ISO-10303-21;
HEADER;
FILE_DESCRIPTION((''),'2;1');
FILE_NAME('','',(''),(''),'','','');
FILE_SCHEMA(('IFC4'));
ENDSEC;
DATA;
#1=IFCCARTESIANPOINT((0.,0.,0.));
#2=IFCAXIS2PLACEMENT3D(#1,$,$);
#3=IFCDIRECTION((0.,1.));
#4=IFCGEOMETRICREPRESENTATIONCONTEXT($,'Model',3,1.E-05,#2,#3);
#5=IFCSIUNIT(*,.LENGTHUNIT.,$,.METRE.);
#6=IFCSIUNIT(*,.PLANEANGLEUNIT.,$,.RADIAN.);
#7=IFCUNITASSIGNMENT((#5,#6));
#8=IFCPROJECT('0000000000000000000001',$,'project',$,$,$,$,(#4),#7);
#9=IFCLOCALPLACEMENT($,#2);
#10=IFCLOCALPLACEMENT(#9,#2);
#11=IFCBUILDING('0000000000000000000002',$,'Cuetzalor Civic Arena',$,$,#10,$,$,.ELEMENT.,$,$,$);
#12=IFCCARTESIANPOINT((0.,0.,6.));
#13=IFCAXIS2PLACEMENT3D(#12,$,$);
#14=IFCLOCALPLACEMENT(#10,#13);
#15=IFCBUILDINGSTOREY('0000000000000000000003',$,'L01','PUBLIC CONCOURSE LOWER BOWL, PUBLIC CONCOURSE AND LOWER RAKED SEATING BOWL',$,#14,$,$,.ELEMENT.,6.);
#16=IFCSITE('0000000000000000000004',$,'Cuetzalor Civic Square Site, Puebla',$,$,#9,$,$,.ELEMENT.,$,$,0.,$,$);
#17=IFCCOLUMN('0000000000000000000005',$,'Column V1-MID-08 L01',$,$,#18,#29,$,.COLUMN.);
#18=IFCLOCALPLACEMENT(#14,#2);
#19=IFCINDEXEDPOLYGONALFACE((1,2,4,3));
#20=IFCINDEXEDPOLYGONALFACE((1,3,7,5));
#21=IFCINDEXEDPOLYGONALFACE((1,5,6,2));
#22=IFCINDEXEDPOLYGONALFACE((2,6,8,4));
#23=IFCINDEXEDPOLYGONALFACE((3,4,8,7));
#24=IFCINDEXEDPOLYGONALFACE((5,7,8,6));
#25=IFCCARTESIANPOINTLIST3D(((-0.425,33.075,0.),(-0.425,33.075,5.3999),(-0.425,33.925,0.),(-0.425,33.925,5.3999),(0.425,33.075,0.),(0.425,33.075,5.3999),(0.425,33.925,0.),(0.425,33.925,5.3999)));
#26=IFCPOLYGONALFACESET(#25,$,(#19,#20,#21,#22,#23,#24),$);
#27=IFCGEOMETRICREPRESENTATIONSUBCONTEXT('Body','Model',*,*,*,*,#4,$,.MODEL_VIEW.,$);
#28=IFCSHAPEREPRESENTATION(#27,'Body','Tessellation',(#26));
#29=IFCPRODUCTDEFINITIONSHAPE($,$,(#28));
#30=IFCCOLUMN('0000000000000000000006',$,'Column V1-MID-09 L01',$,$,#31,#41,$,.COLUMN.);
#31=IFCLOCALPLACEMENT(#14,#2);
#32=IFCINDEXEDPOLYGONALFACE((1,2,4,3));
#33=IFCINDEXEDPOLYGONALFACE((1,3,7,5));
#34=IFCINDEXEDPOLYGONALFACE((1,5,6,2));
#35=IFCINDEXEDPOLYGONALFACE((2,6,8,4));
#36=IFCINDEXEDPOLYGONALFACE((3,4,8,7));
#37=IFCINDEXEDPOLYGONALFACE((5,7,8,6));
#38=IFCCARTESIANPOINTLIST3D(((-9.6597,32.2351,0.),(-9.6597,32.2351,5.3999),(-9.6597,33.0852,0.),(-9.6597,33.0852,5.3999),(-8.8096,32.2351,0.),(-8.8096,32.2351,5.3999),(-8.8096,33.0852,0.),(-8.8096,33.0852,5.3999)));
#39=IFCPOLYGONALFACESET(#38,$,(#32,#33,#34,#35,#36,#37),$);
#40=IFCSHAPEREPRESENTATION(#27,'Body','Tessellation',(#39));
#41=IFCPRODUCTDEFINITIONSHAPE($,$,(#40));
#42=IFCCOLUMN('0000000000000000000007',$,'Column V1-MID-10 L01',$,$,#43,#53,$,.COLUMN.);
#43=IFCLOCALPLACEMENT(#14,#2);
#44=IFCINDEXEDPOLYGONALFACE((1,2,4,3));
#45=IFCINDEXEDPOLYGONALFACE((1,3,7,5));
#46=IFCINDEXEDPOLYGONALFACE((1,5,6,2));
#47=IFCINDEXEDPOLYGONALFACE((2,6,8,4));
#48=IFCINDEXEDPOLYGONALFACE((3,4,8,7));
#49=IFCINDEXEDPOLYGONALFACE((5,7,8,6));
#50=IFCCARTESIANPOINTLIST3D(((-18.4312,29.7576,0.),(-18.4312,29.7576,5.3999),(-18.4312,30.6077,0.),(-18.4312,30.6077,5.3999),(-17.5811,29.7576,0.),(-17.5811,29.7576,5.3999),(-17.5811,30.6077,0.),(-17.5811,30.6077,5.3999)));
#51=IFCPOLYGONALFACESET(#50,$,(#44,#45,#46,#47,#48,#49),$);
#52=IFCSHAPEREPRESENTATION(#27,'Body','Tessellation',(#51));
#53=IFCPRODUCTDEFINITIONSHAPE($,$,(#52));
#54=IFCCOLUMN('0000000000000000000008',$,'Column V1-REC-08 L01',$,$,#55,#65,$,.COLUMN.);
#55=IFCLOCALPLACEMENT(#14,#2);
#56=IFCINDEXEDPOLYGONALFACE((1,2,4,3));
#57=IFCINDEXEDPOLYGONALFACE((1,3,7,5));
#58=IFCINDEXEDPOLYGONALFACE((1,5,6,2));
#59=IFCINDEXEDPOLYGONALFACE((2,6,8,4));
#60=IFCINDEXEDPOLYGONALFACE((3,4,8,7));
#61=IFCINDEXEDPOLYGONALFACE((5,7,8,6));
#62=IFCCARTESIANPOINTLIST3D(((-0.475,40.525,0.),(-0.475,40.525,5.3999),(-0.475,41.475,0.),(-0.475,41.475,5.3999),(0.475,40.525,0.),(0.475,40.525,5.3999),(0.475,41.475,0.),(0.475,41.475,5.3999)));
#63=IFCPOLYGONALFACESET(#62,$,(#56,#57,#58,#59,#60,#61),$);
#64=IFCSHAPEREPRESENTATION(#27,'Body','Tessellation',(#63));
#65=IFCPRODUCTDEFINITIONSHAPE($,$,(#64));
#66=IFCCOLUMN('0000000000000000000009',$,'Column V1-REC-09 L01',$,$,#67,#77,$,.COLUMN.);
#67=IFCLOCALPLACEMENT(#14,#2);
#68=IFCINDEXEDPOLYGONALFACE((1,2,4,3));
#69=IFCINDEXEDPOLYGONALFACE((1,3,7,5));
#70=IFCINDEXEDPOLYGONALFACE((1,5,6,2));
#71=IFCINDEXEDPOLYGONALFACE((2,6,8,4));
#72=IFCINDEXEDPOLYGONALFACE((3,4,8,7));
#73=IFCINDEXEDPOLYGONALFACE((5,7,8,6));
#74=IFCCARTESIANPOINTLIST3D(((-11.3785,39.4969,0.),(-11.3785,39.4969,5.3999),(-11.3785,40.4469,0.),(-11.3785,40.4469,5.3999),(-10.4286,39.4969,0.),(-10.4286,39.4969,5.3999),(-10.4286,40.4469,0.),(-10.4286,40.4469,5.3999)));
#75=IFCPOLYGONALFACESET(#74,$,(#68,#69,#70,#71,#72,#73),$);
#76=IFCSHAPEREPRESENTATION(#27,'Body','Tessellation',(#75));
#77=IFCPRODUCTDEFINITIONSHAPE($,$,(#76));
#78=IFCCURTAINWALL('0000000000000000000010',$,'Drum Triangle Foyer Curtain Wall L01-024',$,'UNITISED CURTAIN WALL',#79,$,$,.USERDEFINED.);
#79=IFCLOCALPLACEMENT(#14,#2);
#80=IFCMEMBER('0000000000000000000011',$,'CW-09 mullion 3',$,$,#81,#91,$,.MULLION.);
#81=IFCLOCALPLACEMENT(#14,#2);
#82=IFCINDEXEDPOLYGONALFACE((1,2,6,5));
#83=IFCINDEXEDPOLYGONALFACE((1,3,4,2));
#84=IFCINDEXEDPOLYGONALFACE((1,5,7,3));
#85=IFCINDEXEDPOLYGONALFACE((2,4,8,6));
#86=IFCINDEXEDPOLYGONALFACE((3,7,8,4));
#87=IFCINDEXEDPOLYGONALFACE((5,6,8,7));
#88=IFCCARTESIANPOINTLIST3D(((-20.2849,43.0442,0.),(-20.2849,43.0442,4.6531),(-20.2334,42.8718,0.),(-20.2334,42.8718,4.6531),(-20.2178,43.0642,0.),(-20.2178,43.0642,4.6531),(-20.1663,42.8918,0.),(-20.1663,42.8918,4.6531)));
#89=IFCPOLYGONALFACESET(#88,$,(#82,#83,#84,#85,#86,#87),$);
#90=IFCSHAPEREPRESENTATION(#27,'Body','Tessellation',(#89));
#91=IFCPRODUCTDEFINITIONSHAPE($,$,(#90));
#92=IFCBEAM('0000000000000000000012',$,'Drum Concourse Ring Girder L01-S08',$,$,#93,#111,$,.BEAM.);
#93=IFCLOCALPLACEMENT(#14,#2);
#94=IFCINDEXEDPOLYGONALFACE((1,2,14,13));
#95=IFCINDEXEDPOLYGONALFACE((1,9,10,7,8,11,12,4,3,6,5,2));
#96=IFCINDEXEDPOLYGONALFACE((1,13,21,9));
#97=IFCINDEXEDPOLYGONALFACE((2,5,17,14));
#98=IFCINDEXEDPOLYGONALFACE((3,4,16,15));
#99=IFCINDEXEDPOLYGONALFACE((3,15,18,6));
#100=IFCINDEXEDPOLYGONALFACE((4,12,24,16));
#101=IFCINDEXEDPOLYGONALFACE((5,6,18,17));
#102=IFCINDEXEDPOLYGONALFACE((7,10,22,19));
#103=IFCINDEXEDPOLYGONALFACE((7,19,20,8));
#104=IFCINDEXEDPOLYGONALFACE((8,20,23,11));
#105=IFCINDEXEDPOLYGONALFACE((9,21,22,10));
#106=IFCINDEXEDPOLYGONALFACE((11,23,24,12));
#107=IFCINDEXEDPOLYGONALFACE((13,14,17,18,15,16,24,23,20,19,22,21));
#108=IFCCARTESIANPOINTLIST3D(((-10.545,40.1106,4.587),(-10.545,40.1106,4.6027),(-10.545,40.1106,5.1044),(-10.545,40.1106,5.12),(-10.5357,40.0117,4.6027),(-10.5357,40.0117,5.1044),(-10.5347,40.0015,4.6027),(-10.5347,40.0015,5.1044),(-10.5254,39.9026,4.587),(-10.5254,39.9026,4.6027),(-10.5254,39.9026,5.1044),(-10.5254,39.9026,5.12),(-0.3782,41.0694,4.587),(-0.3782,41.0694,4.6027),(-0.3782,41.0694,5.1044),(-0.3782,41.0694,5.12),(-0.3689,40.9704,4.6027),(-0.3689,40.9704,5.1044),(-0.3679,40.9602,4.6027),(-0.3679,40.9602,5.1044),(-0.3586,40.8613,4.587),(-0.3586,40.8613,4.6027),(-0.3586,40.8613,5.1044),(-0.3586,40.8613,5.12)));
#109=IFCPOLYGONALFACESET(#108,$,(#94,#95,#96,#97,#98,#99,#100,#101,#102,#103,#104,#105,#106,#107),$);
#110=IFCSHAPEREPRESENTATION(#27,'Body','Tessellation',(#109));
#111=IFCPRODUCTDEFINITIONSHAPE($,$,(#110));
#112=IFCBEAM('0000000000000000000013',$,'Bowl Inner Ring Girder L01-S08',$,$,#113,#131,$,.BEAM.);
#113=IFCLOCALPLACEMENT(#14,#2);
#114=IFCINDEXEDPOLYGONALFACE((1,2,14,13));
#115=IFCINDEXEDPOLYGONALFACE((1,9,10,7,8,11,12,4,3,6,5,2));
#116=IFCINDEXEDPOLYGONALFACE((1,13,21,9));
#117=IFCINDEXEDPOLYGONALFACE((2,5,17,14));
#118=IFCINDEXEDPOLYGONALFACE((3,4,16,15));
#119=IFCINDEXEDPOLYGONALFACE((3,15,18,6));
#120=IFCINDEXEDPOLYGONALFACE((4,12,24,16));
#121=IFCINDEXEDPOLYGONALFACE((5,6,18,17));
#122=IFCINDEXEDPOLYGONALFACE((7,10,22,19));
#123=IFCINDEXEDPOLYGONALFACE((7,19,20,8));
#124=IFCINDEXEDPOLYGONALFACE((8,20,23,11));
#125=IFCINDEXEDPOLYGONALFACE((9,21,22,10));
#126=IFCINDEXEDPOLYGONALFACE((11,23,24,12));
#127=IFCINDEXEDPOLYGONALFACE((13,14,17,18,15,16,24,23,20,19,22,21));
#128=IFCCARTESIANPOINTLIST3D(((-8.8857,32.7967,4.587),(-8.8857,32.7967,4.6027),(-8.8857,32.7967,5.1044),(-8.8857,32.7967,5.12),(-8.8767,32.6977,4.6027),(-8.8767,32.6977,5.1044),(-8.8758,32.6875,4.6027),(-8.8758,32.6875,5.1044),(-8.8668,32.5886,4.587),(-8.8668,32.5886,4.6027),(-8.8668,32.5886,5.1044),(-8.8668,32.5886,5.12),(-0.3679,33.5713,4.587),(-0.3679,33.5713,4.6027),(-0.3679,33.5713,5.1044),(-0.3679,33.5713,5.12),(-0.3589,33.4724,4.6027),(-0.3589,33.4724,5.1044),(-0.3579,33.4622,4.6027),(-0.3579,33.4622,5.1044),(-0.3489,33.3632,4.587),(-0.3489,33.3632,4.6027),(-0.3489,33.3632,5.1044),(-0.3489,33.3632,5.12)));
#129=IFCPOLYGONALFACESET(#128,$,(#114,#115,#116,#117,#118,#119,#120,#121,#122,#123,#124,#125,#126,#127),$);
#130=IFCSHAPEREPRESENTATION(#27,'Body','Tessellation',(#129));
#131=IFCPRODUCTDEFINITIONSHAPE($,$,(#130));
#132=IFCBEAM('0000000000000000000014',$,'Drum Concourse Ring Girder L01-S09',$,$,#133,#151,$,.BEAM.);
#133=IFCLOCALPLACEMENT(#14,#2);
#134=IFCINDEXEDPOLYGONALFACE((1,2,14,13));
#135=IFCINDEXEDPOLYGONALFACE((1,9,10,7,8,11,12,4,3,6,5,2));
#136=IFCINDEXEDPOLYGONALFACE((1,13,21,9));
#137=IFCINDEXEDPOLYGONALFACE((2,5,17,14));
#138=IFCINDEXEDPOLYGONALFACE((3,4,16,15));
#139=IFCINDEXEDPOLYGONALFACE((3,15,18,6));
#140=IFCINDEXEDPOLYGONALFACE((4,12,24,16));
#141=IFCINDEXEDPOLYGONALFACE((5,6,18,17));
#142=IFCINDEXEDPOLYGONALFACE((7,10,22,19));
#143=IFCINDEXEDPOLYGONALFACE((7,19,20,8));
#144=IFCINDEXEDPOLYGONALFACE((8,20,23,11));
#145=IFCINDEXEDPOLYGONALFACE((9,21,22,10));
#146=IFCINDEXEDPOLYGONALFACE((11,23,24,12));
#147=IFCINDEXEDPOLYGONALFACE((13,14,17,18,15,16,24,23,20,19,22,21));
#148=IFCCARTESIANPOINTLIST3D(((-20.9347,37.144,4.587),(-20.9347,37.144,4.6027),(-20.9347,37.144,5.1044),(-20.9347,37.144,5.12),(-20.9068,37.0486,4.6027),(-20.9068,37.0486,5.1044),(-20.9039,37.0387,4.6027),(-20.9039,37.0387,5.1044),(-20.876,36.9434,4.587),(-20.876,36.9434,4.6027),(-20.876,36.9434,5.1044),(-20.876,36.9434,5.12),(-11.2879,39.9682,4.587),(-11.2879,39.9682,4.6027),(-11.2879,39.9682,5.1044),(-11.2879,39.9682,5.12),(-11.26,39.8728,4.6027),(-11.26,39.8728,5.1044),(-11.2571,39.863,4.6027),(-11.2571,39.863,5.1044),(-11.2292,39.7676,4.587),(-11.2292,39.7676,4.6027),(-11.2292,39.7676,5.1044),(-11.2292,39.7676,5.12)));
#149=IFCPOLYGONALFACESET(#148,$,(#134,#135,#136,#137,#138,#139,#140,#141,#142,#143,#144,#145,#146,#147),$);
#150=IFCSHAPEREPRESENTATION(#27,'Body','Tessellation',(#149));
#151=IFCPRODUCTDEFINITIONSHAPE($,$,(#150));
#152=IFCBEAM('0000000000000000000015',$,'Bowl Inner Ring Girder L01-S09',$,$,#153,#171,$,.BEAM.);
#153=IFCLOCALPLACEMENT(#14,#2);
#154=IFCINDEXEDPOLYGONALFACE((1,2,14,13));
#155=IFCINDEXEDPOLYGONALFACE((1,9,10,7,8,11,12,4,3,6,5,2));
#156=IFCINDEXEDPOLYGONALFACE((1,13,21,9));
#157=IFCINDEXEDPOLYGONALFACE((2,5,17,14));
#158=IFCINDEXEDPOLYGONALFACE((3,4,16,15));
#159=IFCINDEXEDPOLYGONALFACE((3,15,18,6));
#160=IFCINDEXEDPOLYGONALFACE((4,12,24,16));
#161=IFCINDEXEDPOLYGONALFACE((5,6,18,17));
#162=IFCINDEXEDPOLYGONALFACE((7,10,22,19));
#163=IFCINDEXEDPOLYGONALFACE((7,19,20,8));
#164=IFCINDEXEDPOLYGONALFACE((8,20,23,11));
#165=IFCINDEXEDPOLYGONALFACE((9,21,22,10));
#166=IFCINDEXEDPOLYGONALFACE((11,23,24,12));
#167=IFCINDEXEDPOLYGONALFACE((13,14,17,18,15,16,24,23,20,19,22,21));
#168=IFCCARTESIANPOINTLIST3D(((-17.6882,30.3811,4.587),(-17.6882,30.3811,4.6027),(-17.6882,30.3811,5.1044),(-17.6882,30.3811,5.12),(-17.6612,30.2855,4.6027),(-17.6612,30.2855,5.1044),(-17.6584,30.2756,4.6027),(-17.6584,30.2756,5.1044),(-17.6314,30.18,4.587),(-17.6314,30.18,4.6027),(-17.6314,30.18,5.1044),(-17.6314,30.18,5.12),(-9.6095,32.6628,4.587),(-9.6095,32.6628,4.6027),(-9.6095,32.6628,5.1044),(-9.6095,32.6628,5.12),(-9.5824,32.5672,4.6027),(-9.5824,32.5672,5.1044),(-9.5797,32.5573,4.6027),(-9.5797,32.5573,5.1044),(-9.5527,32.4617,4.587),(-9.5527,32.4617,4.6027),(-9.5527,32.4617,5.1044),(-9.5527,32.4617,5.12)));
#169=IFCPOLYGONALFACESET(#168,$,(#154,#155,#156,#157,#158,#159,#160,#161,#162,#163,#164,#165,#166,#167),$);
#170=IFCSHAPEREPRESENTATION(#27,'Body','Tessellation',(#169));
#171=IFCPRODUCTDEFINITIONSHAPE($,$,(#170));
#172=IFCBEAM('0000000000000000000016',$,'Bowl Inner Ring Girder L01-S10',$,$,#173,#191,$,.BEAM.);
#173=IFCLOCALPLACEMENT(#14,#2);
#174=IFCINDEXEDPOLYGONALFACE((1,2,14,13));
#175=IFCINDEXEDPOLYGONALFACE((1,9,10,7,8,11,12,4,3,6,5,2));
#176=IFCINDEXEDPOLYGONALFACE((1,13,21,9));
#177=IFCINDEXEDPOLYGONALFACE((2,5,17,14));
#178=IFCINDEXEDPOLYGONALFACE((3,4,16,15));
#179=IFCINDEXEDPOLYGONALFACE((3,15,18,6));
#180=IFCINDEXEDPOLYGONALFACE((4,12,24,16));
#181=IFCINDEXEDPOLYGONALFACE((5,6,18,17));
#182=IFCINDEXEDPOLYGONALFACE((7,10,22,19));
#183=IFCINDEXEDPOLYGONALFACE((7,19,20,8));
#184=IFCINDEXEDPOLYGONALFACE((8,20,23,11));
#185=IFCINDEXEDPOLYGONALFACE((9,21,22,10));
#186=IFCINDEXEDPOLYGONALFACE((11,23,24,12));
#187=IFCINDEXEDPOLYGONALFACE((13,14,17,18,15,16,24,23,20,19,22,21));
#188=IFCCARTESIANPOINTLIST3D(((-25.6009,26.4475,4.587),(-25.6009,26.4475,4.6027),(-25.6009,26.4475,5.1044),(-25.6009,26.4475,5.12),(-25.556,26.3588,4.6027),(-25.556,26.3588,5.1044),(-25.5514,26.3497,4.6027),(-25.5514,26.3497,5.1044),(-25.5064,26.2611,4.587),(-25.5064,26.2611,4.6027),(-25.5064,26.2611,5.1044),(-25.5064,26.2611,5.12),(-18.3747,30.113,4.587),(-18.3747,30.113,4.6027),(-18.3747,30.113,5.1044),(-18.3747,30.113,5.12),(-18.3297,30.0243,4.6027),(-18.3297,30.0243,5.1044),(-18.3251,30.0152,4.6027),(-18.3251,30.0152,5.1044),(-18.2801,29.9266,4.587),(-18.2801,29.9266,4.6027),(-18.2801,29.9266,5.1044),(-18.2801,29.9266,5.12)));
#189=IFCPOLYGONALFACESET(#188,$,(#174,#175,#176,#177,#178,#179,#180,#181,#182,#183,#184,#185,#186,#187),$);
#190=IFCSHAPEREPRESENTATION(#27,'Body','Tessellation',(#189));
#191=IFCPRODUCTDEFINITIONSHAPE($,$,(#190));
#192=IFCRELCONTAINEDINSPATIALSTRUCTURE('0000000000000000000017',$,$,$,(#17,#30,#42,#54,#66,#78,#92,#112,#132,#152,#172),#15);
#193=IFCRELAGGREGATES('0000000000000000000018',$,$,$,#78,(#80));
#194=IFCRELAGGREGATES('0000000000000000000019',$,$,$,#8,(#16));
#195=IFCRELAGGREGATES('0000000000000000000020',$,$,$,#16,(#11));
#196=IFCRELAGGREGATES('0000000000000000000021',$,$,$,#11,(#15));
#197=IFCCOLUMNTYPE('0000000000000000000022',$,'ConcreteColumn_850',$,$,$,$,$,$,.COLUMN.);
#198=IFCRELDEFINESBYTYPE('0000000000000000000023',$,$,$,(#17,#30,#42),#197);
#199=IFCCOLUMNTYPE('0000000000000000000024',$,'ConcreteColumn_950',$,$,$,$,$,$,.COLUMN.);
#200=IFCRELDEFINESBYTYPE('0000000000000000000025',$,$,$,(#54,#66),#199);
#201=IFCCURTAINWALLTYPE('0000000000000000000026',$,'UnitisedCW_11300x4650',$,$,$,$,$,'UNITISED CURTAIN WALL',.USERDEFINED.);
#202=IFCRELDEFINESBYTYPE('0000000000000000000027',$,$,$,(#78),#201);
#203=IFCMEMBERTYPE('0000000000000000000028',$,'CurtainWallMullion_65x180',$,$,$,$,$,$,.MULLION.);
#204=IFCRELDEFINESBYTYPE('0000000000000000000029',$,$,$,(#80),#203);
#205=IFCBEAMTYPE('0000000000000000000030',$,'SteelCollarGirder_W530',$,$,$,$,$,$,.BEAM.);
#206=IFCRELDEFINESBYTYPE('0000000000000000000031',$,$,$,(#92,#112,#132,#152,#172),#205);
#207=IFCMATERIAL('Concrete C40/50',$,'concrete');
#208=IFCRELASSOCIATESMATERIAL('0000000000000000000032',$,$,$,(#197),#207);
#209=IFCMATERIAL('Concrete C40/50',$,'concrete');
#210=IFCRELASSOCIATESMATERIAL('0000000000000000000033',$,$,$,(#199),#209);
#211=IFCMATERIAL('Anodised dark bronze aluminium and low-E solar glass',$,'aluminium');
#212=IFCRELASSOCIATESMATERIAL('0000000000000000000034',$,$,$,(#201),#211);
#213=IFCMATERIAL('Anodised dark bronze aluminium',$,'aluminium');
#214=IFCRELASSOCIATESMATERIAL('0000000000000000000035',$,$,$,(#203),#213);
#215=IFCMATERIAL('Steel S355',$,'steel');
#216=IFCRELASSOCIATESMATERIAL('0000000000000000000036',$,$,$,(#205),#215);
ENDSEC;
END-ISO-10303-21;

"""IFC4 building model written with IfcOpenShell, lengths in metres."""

from ifc_helpers import new_model, si_unit, direction, frame, origin, origin_2d, place, context, subcontext, project, spatial, rectangle, i_section, extrude, material, material_profile, profile_set, type_object, element, aggregate, save


model = new_model("IFC4")

# Units and contexts
model_context = context("Model", 3, precision=1e-05, world=origin(), true_north=direction((0.0, 1.0)))
body_context = subcontext(model_context, "Body", "Model", "MODEL_VIEW")
ifc_project = project(units=[si_unit("LENGTHUNIT", "METRE"), si_unit("PLANEANGLEUNIT", "RADIAN")], contexts=[model_context])

# Site, building, storey
site_placement = place(None, origin())
site = spatial("IfcSite", under=ifc_project, at=site_placement, Name="Cuetzalor Civic Square Site, Puebla", CompositionType="ELEMENT", RefElevation=0.0)
building_placement = place(site_placement, origin())
building = spatial("IfcBuilding", under=site, at=building_placement, Name="Cuetzalor Civic Arena", CompositionType="ELEMENT")
storey_placement = place(building_placement, frame((0.0, 0.0, 6.0)))
storey = spatial("IfcBuildingStorey", under=building, at=storey_placement, Name="L01", Description="PUBLIC CONCOURSE LOWER BOWL, PUBLIC CONCOURSE AND LOWER RAKED SEATING BOWL", CompositionType="ELEMENT", Elevation=6.0)

# Columns
ifc_material_1 = material(Name="Concrete C40/50", Category="concrete")
ifc_material_profile_1 = material_profile(ifc_material_1, rectangle(XDim=0.8501, YDim=0.8501, at=origin_2d()), Name="RC 850x850")
ifc_profile_set_1 = profile_set([ifc_material_profile_1], Name="Concrete C40/50")
column_type_1 = type_object("IfcColumnType", Name="ConcreteColumn_850", PredefinedType="COLUMN", material=ifc_profile_set_1)
for number, where, z_axis, x_axis, name in (
    (1, (0.0, 33.5, 0.0), (0.0, 0.0, 1.0), (1.0, 0.0, 0.0), "Column V1-MID-08 L01"),
    (2, (-9.2346, 32.6602, 0.0), (0.0, 0.0, 1.0), (1.0, 0.0, 0.0), "Column V1-MID-09 L01"),
    (3, (-18.0061, 30.1826, 0.0), (0.0, 0.0, 1.0), (1.0, 0.0, 0.0), "Column V1-MID-10 L01"),
):
    element("IfcColumn", number, at=place(storey_placement, frame(where, z_axis=z_axis, x_axis=x_axis)), inside=storey, type_object=column_type_1, Name=name, PredefinedType="COLUMN", context=body_context, shape_type="SweptSolid", body=[
        extrude(rectangle(XDim=0.8501, YDim=0.8501, at=origin_2d()), origin(), (0.0, 0.0, 1.0), 5.3999),
    ])
ifc_material_2 = material(Name="Concrete C40/50", Category="concrete")
ifc_material_profile_2 = material_profile(ifc_material_2, rectangle(XDim=0.95, YDim=0.95, at=origin_2d()), Name="RC 950x950")
ifc_profile_set_2 = profile_set([ifc_material_profile_2], Name="Concrete C40/50")
column_type_2 = type_object("IfcColumnType", Name="ConcreteColumn_950", PredefinedType="COLUMN", material=ifc_profile_set_2)
for number, where, z_axis, x_axis, name in (
    (4, (0.0, 41.0, 0.0), (0.0, 0.0, 1.0), (1.0, 0.0, 0.0), "Column V1-REC-08 L01"),
    (5, (-10.9036, 39.9719, 0.0), (0.0, 0.0, 1.0), (1.0, 0.0, 0.0), "Column V1-REC-09 L01"),
):
    element("IfcColumn", number, at=place(storey_placement, frame(where, z_axis=z_axis, x_axis=x_axis)), inside=storey, type_object=column_type_2, Name=name, PredefinedType="COLUMN", context=body_context, shape_type="SweptSolid", body=[
        extrude(rectangle(XDim=0.95, YDim=0.95, at=origin_2d()), origin(), (0.0, 0.0, 1.0), 5.3999),
    ])

# Curtain wall, member
ifc_material_3 = material(Name="Anodised dark bronze aluminium and low-E solar glass", Category="aluminium")
curtain_wall_type = type_object("IfcCurtainWallType", Name="UnitisedCW_11300x4650", ElementType="UNITISED CURTAIN WALL", PredefinedType="USERDEFINED", material=ifc_material_3)
curtain_wall_placement = place(storey_placement, origin())
curtain_wall = element("IfcCurtainWall", 6, at=curtain_wall_placement, inside=storey, type_object=curtain_wall_type, Name="Drum Triangle Foyer Curtain Wall L01-024", ObjectType="UNITISED CURTAIN WALL", PredefinedType="USERDEFINED")
ifc_material_4 = material(Name="Anodised dark bronze aluminium", Category="aluminium")
ifc_material_profile_3 = material_profile(ifc_material_4, rectangle(XDim=0.0701, YDim=0.1799, at=origin_2d()), Name="ALU MULLION 70x180")
ifc_profile_set_3 = profile_set([ifc_material_profile_3], Name="Anodised dark bronze aluminium")
member_type = type_object("IfcMemberType", Name="CurtainWallMullion_65x180", PredefinedType="MULLION", material=ifc_profile_set_3)
member_placement = place(storey_placement, frame((-20.2256, 42.968, 0.0), z_axis=(0.0, 0.0, 1.0), x_axis=(0.958194, 0.28612, 0.0)))
member = element("IfcMember", 7, at=member_placement, type_object=member_type, Name="CW-09 mullion 3", PredefinedType="MULLION", context=body_context, shape_type="SweptSolid", body=[
    extrude(rectangle(XDim=0.0701, YDim=0.1799, at=origin_2d()), origin(), (0.0, 0.0, 1.0), 4.6531),
])
aggregate(curtain_wall, [member])

# Beams
ifc_material_5 = material(Name="Steel S355", Category="steel")
ifc_material_profile_4 = material_profile(ifc_material_5, i_section(OverallWidth=0.209, OverallDepth=0.533, WebThickness=0.0103, FlangeThickness=0.0156, at=origin_2d()), Name="W530x92")
ifc_profile_set_4 = profile_set([ifc_material_profile_4], Name="Steel S355")
beam_type_1 = type_object("IfcBeamType", Name="SteelCollarGirder_W530", PredefinedType="BEAM", material=ifc_profile_set_4)
beam_1_placement = place(storey_placement, frame((-0.3684, 40.9653, 4.8535), z_axis=(-0.995583, -0.093885, 0.0), x_axis=(0.093885, -0.995583, 0.0)))
element("IfcBeam", 8, at=beam_1_placement, inside=storey, type_object=beam_type_1, Name="Drum Concourse Ring Girder L01-S08", PredefinedType="BEAM", context=body_context, shape_type="SweptSolid", body=[
    extrude(i_section(OverallWidth=0.209, OverallDepth=0.533, WebThickness=0.0103, FlangeThickness=0.0156, at=origin_2d()), origin(), (0.0, 0.0, 1.0), 10.2119),
])
beam_2_placement = place(storey_placement, frame((-0.3584, 33.4673, 4.8535), z_axis=(-0.99589, -0.090572, 0.0), x_axis=(0.090572, -0.99589, 0.0)))
element("IfcBeam", 9, at=beam_2_placement, inside=storey, type_object=beam_type_1, Name="Bowl Inner Ring Girder L01-S08", PredefinedType="BEAM", context=body_context, shape_type="SweptSolid", body=[
    extrude(i_section(OverallWidth=0.209, OverallDepth=0.533, WebThickness=0.0103, FlangeThickness=0.0156, at=origin_2d()), origin(), (0.0, 0.0, 1.0), 8.553),
])
beam_3_placement = place(storey_placement, frame((-11.2585, 39.8679, 4.8535), z_axis=(-0.959716, -0.280971, 0.0), x_axis=(0.280971, -0.959716, 0.0)))
element("IfcBeam", 10, at=beam_3_placement, inside=storey, type_object=beam_type_1, Name="Drum Concourse Ring Girder L01-S09", PredefinedType="BEAM", context=body_context, shape_type="SweptSolid", body=[
    extrude(i_section(OverallWidth=0.209, OverallDepth=0.533, WebThickness=0.0103, FlangeThickness=0.0156, at=origin_2d()), origin(), (0.0, 0.0, 1.0), 10.0518),
])
beam_4_placement = place(storey_placement, frame((-9.5811, 32.5623, 4.8535), z_axis=(-0.962354, -0.271801, 0.0), x_axis=(0.271801, -0.962354, 0.0)))
element("IfcBeam", 11, at=beam_4_placement, inside=storey, type_object=beam_type_1, Name="Bowl Inner Ring Girder L01-S09", PredefinedType="BEAM", context=body_context, shape_type="SweptSolid", body=[
    extrude(i_section(OverallWidth=0.209, OverallDepth=0.533, WebThickness=0.0103, FlangeThickness=0.0156, at=origin_2d()), origin(), (0.0, 0.0, 1.0), 8.3948),
])
beam_5_placement = place(storey_placement, frame((-18.3274, 30.0198, 4.8535), z_axis=(-0.891827, -0.452376, 0.0), x_axis=(0.452376, -0.891827, 0.0)))
element("IfcBeam", 12, at=beam_5_placement, inside=storey, type_object=beam_type_1, Name="Bowl Inner Ring Girder L01-S10", PredefinedType="BEAM", context=body_context, shape_type="SweptSolid", body=[
    extrude(i_section(OverallWidth=0.209, OverallDepth=0.533, WebThickness=0.0103, FlangeThickness=0.0156, at=origin_2d()), origin(), (0.0, 0.0, 1.0), 8.1028),
])

save(model, "model.ifc")
